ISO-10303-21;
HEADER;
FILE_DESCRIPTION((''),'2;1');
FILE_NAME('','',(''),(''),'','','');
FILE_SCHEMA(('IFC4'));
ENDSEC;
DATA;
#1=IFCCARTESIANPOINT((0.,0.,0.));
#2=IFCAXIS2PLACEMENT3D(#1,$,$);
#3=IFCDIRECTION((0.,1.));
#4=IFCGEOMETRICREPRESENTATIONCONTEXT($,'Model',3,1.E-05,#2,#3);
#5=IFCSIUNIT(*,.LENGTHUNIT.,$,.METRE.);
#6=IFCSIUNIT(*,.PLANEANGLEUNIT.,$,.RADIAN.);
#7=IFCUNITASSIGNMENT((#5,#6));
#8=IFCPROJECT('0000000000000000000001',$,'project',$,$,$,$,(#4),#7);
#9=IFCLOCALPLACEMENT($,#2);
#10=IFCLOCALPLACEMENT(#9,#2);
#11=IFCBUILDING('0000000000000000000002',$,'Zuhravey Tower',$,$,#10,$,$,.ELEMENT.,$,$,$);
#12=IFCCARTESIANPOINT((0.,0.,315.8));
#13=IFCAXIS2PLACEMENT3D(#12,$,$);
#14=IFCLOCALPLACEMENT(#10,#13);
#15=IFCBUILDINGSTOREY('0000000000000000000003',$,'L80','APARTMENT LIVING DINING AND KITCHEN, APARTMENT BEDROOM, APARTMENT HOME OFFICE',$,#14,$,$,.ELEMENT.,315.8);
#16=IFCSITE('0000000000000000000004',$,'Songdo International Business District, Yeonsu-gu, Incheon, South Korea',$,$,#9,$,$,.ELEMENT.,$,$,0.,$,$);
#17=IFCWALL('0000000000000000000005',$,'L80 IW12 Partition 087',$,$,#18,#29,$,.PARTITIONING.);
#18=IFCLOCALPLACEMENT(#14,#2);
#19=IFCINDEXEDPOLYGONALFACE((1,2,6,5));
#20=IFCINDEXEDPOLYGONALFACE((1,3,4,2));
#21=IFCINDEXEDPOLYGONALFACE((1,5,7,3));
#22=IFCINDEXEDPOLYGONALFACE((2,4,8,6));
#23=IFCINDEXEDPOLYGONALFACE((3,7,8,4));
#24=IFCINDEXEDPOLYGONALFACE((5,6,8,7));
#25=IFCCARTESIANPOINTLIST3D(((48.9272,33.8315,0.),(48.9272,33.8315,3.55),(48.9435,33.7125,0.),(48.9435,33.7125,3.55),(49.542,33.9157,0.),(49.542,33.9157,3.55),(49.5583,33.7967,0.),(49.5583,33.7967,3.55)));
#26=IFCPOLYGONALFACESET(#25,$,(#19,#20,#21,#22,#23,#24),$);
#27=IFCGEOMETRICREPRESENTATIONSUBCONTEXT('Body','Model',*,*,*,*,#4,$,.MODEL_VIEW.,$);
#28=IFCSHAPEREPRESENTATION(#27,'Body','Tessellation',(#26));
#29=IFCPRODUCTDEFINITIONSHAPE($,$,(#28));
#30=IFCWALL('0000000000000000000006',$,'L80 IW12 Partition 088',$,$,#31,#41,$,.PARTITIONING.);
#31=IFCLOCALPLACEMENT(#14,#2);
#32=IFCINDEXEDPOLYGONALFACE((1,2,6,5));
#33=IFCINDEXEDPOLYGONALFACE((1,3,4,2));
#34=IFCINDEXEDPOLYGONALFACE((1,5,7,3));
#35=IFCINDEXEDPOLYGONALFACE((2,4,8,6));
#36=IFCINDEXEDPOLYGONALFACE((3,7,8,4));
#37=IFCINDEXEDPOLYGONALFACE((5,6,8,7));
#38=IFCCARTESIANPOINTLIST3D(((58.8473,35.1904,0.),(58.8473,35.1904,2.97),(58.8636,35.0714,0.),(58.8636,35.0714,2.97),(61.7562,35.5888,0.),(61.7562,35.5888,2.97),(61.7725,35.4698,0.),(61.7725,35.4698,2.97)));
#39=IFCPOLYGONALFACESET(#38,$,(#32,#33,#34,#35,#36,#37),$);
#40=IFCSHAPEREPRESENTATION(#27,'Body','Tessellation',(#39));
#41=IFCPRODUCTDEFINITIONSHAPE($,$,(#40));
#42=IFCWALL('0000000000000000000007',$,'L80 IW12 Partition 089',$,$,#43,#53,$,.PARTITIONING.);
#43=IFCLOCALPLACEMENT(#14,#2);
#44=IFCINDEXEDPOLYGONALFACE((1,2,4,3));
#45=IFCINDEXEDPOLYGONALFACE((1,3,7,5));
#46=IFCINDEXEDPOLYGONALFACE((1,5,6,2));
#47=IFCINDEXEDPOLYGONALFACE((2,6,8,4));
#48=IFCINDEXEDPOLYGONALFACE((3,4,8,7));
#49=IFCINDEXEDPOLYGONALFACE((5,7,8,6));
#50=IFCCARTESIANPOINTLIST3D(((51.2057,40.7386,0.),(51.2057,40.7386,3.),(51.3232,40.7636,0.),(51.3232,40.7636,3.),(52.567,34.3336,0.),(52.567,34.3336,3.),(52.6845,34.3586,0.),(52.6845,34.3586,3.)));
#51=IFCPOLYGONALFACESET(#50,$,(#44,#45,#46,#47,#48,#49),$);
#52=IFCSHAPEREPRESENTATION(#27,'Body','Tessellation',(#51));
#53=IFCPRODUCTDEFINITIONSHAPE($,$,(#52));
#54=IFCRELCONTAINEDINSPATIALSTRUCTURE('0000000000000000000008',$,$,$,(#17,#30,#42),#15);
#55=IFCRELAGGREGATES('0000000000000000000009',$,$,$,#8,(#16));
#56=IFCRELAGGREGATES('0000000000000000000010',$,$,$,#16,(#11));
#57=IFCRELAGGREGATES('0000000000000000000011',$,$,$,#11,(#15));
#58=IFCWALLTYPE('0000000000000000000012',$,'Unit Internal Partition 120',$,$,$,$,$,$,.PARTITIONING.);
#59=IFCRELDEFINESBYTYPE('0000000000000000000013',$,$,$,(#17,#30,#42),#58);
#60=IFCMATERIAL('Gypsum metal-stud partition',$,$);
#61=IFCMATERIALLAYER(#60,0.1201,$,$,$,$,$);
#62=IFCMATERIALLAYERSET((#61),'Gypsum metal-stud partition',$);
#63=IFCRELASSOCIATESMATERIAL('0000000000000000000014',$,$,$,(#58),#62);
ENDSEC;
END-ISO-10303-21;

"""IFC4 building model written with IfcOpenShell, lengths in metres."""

from ifc_helpers import new_model, si_unit, direction, frame, frame_2d, origin, place, context, subcontext, project, spatial, rectangle, extrude, material, layer, layer_set, type_object, element, save


model = new_model("IFC4")

# Units and contexts
model_context = context("Model", 3, precision=1e-05, world=origin(), true_north=direction((0.0, 1.0)))
body_context = subcontext(model_context, "Body", "Model", "MODEL_VIEW")
ifc_project = project(units=[si_unit("LENGTHUNIT", "METRE"), si_unit("PLANEANGLEUNIT", "RADIAN")], contexts=[model_context])

# Site, building, storey
site_placement = place(None, origin())
site = spatial("IfcSite", under=ifc_project, at=site_placement, Name="Songdo International Business District, Yeonsu-gu, Incheon, South Korea", CompositionType="ELEMENT", RefElevation=0.0)
building_placement = place(site_placement, origin())
building = spatial("IfcBuilding", under=site, at=building_placement, Name="Zuhravey Tower", CompositionType="ELEMENT")
storey_placement = place(building_placement, frame((0.0, 0.0, 315.8)))
storey = spatial("IfcBuildingStorey", under=building, at=storey_placement, Name="L80", Description="APARTMENT LIVING DINING AND KITCHEN, APARTMENT BEDROOM, APARTMENT HOME OFFICE", CompositionType="ELEMENT", Elevation=315.8)

# Shared definitions
ifc_material_1 = material(Name="Gypsum metal-stud partition")
ifc_layer_1 = layer(ifc_material_1, 0.1201)
ifc_layer_set_1 = layer_set([ifc_layer_1], Name="Gypsum metal-stud partition")
wall_type_1 = type_object("IfcWallType", Name="Unit Internal Partition 120", PredefinedType="PARTITIONING", material=ifc_layer_set_1)

# Walls
wall_1_placement = place(storey_placement, frame((48.9353, 33.772, 0.0), z_axis=(0.0, 0.0, 1.0), x_axis=(0.990744, 0.135745, 0.0)))
element("IfcWall", 1, at=wall_1_placement, inside=storey, type_object=wall_type_1, Name="L80 IW12 Partition 087", PredefinedType="PARTITIONING", context=body_context, shape_type="SweptSolid", body=[
    extrude(rectangle(XDim=0.6206, YDim=0.1201, at=frame_2d((0.3103, 0.0))), origin(), (0.0, 0.0, 1.0), 3.55),
])
wall_2_placement = place(storey_placement, frame((58.8555, 35.1309, 0.0), z_axis=(0.0, 0.0, 1.0), x_axis=(0.99075, 0.135703, 0.0)))
element("IfcWall", 2, at=wall_2_placement, inside=storey, type_object=wall_type_1, Name="L80 IW12 Partition 088", PredefinedType="PARTITIONING", context=body_context, shape_type="SweptSolid", body=[
    extrude(rectangle(XDim=2.936, YDim=0.1201, at=frame_2d((1.468, 0.0))), origin(), (0.0, 0.0, 1.0), 2.97),
])
wall_3_placement = place(storey_placement, frame((52.6257, 34.3462, 0.0), z_axis=(0.0, 0.0, 1.0), x_axis=(-0.207897, 0.978151, 0.0)))
element("IfcWall", 3, at=wall_3_placement, inside=storey, type_object=wall_type_1, Name="L80 IW12 Partition 089", PredefinedType="PARTITIONING", context=body_context, shape_type="SweptSolid", body=[
    extrude(rectangle(XDim=6.5481, YDim=0.1201, at=frame_2d((3.2739, 0.0))), origin(), (0.0, 0.0, 1.0), 3.0),
])

save(model, "model.ifc")
